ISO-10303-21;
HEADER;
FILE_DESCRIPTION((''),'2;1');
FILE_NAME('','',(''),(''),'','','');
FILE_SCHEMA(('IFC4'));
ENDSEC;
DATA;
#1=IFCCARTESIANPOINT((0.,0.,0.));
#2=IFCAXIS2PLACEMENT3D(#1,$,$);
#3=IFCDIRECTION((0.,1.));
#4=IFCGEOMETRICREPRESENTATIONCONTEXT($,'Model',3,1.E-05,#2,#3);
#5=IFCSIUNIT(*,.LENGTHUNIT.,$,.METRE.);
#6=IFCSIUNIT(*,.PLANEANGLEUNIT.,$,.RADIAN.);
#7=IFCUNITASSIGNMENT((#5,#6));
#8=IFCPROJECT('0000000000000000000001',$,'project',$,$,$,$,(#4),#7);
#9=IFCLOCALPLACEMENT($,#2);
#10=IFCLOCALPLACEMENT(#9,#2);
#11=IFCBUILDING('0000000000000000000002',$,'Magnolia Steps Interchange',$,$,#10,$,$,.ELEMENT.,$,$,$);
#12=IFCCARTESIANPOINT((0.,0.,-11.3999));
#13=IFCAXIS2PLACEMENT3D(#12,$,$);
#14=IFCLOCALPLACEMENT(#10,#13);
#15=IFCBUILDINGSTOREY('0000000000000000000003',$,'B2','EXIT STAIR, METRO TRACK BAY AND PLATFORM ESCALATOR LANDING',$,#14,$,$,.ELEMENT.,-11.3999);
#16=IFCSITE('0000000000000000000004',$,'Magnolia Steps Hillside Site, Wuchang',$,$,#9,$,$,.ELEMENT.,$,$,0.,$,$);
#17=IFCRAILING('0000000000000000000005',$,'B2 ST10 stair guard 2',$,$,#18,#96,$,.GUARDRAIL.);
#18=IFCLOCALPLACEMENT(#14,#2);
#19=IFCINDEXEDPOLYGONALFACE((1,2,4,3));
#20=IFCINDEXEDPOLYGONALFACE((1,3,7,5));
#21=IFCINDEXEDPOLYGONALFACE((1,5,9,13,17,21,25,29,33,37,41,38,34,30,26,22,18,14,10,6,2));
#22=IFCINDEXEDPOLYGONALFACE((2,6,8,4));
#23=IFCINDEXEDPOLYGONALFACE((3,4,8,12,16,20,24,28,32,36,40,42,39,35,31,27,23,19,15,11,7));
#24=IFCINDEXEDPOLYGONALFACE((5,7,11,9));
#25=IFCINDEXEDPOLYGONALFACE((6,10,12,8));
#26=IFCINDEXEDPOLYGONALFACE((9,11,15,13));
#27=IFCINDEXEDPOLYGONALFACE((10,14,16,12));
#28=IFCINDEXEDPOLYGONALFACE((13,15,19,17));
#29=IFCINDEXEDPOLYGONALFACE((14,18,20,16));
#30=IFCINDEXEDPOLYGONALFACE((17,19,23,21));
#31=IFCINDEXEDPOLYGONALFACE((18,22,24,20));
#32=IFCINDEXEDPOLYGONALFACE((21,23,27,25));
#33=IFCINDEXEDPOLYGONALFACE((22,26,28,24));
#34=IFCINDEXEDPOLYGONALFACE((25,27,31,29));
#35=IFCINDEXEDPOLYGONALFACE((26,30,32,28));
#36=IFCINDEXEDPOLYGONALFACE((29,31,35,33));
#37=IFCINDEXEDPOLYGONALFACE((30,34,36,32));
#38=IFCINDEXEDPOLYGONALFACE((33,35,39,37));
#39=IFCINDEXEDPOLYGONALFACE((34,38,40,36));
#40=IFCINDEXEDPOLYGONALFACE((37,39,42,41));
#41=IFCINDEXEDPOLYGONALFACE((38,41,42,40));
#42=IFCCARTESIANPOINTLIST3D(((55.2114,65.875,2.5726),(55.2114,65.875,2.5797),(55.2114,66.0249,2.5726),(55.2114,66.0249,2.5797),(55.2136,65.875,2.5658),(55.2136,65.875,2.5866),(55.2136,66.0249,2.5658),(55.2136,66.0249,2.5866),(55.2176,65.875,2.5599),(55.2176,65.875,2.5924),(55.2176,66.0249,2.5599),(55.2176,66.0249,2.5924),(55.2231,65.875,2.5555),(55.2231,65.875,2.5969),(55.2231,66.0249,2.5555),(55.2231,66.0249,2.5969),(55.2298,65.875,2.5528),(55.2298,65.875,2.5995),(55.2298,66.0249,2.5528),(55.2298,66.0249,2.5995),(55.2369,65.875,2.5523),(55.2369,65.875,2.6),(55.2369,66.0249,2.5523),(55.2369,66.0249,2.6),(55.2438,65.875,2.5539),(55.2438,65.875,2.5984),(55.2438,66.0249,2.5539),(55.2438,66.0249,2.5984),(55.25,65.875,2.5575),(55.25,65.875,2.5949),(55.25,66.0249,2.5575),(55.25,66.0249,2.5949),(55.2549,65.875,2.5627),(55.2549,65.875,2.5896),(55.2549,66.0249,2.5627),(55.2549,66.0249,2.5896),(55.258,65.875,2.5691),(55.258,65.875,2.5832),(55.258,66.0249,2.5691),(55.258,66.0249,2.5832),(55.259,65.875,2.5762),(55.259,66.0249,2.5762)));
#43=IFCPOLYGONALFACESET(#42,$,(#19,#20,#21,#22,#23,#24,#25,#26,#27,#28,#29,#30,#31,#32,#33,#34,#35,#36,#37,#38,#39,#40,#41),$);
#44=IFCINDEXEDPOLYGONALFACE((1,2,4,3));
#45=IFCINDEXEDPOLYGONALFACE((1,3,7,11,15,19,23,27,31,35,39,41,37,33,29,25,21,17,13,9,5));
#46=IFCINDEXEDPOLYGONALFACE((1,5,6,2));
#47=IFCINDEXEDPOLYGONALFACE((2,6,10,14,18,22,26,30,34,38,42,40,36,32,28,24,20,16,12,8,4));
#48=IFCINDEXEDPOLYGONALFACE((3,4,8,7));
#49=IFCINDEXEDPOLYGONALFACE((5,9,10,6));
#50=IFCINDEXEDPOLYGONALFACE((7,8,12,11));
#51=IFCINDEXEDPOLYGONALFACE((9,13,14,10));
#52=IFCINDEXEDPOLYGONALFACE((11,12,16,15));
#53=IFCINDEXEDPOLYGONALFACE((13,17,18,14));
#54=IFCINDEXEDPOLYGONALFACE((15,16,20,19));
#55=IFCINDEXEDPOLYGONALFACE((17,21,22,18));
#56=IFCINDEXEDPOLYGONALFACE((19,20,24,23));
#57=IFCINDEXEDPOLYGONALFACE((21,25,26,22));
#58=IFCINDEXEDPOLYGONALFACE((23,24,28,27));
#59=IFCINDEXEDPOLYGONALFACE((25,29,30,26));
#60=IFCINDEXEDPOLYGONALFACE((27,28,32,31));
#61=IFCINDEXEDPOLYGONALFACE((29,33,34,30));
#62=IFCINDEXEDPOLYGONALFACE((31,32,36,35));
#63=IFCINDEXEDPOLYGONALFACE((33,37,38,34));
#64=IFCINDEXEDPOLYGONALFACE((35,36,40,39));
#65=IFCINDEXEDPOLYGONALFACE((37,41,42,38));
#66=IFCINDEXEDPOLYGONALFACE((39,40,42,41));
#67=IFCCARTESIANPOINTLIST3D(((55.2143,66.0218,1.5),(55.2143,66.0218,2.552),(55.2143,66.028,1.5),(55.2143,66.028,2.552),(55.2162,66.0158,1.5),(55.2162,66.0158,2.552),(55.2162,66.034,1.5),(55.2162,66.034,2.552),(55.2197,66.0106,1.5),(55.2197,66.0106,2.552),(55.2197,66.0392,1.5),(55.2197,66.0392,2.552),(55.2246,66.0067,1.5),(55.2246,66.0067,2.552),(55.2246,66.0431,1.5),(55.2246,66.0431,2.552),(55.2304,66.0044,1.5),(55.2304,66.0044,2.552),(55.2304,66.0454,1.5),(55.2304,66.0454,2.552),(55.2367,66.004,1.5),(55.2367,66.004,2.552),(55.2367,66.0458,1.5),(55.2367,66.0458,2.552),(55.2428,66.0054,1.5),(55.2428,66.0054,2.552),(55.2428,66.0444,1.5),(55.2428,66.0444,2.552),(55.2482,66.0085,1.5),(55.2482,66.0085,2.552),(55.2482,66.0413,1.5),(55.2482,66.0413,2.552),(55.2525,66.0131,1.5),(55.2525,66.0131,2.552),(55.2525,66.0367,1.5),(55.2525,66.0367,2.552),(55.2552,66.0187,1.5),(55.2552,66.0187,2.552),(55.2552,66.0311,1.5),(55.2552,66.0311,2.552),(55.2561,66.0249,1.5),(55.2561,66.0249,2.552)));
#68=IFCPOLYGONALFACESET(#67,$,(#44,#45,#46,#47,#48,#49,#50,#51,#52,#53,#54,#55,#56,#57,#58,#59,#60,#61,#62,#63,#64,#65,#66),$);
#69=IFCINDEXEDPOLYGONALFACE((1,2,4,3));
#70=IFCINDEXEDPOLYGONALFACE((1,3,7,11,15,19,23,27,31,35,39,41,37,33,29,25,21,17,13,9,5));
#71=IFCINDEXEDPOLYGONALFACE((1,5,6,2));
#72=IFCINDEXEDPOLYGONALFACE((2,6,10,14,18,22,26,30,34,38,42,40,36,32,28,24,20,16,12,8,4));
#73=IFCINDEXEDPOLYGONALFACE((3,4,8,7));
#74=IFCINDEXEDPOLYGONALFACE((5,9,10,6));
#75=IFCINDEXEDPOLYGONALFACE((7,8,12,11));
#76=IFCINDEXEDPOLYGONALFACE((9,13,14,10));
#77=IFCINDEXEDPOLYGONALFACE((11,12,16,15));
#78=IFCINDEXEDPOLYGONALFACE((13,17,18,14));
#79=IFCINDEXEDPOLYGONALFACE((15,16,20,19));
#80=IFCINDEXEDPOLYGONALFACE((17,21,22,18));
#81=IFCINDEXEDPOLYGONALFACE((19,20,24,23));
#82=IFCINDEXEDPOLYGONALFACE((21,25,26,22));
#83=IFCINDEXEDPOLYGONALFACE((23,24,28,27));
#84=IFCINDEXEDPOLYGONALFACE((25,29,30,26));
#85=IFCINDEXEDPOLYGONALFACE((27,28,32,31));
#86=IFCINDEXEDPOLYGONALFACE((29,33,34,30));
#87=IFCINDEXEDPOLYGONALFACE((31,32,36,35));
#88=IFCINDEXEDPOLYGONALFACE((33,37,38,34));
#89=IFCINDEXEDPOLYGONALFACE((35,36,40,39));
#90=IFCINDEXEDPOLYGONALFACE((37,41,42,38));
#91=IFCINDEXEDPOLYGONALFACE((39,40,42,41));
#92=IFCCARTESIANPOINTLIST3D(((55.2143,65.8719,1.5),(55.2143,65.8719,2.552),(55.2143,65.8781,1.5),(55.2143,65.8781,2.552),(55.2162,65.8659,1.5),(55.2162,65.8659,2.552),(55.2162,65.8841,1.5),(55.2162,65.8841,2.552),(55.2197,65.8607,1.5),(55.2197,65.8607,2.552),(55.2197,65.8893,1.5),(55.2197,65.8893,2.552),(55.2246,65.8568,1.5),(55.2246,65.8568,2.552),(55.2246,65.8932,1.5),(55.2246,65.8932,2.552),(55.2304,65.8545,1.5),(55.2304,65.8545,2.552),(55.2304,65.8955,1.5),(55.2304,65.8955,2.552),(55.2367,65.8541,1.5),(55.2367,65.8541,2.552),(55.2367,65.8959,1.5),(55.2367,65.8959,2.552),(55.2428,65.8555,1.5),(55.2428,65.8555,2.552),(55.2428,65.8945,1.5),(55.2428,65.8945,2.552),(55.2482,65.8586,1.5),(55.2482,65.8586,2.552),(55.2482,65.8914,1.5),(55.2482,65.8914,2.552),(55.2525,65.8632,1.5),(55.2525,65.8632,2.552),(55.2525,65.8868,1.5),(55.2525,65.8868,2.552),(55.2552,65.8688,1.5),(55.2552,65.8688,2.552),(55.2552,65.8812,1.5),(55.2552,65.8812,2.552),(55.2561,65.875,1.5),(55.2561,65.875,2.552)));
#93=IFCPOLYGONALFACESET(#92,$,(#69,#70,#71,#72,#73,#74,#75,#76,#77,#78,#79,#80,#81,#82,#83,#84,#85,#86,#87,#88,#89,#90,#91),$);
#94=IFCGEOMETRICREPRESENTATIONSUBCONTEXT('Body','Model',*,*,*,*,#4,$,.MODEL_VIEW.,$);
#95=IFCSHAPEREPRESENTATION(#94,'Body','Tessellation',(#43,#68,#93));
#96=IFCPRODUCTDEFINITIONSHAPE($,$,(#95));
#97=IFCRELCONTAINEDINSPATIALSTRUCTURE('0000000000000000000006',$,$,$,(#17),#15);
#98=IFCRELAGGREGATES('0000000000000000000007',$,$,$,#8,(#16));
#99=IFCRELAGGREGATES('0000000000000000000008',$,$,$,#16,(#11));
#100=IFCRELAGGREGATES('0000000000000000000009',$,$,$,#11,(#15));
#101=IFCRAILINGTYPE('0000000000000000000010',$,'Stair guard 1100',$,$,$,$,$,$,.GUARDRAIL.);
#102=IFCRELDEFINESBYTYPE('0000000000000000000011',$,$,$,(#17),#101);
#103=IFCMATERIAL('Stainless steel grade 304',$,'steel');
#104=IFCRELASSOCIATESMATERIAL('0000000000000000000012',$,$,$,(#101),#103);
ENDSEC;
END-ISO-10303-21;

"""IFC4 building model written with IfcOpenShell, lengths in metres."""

from ifc_helpers import new_model, si_unit, direction, frame, origin, origin_2d, place, context, subcontext, project, spatial, circle, extrude, material, type_object, element, save


model = new_model("IFC4")

# Units and contexts
model_context = context("Model", 3, precision=1e-05, world=origin(), true_north=direction((0.0, 1.0)))
body_context = subcontext(model_context, "Body", "Model", "MODEL_VIEW")
ifc_project = project(units=[si_unit("LENGTHUNIT", "METRE"), si_unit("PLANEANGLEUNIT", "RADIAN")], contexts=[model_context])

# Site, building, storey
site_placement = place(None, origin())
site = spatial("IfcSite", under=ifc_project, at=site_placement, Name="Magnolia Steps Hillside Site, Wuchang", CompositionType="ELEMENT", RefElevation=0.0)
building_placement = place(site_placement, origin())
building = spatial("IfcBuilding", under=site, at=building_placement, Name="Magnolia Steps Interchange", CompositionType="ELEMENT")
storey_placement = place(building_placement, frame((0.0, 0.0, -11.3999)))
storey = spatial("IfcBuildingStorey", under=building, at=storey_placement, Name="B2", Description="EXIT STAIR, METRO TRACK BAY AND PLATFORM ESCALATOR LANDING", CompositionType="ELEMENT", Elevation=-11.3999)

# Railing
ifc_material_1 = material(Name="Stainless steel grade 304", Category="steel")
railing_type_1 = type_object("IfcRailingType", Name="Stair guard 1100", PredefinedType="GUARDRAIL", material=ifc_material_1)
railing_1_placement = place(storey_placement, frame((55.2351, 66.0249, 1.5)))
element("IfcRailing", 1, at=railing_1_placement, inside=storey, type_object=railing_type_1, Name="B2 ST10 stair guard 2", PredefinedType="GUARDRAIL", context=body_context, shape_type="SweptSolid", body=[
    extrude(circle(Radius=0.0239, at=origin_2d()), frame((0.0, 0.0, 1.0762), z_axis=(0.0, -1.0, 0.0), x_axis=(1.0, 0.0, 0.0)), (0.0, 0.0, 1.0), 0.1499),
    extrude(circle(Radius=0.021, at=origin_2d()), origin(), (0.0, 0.0, 1.0), 1.052),
    extrude(circle(Radius=0.021, at=origin_2d()), frame((0.0, -0.1499, 0.0)), (0.0, 0.0, 1.0), 1.052),
])

save(model, "model.ifc")
